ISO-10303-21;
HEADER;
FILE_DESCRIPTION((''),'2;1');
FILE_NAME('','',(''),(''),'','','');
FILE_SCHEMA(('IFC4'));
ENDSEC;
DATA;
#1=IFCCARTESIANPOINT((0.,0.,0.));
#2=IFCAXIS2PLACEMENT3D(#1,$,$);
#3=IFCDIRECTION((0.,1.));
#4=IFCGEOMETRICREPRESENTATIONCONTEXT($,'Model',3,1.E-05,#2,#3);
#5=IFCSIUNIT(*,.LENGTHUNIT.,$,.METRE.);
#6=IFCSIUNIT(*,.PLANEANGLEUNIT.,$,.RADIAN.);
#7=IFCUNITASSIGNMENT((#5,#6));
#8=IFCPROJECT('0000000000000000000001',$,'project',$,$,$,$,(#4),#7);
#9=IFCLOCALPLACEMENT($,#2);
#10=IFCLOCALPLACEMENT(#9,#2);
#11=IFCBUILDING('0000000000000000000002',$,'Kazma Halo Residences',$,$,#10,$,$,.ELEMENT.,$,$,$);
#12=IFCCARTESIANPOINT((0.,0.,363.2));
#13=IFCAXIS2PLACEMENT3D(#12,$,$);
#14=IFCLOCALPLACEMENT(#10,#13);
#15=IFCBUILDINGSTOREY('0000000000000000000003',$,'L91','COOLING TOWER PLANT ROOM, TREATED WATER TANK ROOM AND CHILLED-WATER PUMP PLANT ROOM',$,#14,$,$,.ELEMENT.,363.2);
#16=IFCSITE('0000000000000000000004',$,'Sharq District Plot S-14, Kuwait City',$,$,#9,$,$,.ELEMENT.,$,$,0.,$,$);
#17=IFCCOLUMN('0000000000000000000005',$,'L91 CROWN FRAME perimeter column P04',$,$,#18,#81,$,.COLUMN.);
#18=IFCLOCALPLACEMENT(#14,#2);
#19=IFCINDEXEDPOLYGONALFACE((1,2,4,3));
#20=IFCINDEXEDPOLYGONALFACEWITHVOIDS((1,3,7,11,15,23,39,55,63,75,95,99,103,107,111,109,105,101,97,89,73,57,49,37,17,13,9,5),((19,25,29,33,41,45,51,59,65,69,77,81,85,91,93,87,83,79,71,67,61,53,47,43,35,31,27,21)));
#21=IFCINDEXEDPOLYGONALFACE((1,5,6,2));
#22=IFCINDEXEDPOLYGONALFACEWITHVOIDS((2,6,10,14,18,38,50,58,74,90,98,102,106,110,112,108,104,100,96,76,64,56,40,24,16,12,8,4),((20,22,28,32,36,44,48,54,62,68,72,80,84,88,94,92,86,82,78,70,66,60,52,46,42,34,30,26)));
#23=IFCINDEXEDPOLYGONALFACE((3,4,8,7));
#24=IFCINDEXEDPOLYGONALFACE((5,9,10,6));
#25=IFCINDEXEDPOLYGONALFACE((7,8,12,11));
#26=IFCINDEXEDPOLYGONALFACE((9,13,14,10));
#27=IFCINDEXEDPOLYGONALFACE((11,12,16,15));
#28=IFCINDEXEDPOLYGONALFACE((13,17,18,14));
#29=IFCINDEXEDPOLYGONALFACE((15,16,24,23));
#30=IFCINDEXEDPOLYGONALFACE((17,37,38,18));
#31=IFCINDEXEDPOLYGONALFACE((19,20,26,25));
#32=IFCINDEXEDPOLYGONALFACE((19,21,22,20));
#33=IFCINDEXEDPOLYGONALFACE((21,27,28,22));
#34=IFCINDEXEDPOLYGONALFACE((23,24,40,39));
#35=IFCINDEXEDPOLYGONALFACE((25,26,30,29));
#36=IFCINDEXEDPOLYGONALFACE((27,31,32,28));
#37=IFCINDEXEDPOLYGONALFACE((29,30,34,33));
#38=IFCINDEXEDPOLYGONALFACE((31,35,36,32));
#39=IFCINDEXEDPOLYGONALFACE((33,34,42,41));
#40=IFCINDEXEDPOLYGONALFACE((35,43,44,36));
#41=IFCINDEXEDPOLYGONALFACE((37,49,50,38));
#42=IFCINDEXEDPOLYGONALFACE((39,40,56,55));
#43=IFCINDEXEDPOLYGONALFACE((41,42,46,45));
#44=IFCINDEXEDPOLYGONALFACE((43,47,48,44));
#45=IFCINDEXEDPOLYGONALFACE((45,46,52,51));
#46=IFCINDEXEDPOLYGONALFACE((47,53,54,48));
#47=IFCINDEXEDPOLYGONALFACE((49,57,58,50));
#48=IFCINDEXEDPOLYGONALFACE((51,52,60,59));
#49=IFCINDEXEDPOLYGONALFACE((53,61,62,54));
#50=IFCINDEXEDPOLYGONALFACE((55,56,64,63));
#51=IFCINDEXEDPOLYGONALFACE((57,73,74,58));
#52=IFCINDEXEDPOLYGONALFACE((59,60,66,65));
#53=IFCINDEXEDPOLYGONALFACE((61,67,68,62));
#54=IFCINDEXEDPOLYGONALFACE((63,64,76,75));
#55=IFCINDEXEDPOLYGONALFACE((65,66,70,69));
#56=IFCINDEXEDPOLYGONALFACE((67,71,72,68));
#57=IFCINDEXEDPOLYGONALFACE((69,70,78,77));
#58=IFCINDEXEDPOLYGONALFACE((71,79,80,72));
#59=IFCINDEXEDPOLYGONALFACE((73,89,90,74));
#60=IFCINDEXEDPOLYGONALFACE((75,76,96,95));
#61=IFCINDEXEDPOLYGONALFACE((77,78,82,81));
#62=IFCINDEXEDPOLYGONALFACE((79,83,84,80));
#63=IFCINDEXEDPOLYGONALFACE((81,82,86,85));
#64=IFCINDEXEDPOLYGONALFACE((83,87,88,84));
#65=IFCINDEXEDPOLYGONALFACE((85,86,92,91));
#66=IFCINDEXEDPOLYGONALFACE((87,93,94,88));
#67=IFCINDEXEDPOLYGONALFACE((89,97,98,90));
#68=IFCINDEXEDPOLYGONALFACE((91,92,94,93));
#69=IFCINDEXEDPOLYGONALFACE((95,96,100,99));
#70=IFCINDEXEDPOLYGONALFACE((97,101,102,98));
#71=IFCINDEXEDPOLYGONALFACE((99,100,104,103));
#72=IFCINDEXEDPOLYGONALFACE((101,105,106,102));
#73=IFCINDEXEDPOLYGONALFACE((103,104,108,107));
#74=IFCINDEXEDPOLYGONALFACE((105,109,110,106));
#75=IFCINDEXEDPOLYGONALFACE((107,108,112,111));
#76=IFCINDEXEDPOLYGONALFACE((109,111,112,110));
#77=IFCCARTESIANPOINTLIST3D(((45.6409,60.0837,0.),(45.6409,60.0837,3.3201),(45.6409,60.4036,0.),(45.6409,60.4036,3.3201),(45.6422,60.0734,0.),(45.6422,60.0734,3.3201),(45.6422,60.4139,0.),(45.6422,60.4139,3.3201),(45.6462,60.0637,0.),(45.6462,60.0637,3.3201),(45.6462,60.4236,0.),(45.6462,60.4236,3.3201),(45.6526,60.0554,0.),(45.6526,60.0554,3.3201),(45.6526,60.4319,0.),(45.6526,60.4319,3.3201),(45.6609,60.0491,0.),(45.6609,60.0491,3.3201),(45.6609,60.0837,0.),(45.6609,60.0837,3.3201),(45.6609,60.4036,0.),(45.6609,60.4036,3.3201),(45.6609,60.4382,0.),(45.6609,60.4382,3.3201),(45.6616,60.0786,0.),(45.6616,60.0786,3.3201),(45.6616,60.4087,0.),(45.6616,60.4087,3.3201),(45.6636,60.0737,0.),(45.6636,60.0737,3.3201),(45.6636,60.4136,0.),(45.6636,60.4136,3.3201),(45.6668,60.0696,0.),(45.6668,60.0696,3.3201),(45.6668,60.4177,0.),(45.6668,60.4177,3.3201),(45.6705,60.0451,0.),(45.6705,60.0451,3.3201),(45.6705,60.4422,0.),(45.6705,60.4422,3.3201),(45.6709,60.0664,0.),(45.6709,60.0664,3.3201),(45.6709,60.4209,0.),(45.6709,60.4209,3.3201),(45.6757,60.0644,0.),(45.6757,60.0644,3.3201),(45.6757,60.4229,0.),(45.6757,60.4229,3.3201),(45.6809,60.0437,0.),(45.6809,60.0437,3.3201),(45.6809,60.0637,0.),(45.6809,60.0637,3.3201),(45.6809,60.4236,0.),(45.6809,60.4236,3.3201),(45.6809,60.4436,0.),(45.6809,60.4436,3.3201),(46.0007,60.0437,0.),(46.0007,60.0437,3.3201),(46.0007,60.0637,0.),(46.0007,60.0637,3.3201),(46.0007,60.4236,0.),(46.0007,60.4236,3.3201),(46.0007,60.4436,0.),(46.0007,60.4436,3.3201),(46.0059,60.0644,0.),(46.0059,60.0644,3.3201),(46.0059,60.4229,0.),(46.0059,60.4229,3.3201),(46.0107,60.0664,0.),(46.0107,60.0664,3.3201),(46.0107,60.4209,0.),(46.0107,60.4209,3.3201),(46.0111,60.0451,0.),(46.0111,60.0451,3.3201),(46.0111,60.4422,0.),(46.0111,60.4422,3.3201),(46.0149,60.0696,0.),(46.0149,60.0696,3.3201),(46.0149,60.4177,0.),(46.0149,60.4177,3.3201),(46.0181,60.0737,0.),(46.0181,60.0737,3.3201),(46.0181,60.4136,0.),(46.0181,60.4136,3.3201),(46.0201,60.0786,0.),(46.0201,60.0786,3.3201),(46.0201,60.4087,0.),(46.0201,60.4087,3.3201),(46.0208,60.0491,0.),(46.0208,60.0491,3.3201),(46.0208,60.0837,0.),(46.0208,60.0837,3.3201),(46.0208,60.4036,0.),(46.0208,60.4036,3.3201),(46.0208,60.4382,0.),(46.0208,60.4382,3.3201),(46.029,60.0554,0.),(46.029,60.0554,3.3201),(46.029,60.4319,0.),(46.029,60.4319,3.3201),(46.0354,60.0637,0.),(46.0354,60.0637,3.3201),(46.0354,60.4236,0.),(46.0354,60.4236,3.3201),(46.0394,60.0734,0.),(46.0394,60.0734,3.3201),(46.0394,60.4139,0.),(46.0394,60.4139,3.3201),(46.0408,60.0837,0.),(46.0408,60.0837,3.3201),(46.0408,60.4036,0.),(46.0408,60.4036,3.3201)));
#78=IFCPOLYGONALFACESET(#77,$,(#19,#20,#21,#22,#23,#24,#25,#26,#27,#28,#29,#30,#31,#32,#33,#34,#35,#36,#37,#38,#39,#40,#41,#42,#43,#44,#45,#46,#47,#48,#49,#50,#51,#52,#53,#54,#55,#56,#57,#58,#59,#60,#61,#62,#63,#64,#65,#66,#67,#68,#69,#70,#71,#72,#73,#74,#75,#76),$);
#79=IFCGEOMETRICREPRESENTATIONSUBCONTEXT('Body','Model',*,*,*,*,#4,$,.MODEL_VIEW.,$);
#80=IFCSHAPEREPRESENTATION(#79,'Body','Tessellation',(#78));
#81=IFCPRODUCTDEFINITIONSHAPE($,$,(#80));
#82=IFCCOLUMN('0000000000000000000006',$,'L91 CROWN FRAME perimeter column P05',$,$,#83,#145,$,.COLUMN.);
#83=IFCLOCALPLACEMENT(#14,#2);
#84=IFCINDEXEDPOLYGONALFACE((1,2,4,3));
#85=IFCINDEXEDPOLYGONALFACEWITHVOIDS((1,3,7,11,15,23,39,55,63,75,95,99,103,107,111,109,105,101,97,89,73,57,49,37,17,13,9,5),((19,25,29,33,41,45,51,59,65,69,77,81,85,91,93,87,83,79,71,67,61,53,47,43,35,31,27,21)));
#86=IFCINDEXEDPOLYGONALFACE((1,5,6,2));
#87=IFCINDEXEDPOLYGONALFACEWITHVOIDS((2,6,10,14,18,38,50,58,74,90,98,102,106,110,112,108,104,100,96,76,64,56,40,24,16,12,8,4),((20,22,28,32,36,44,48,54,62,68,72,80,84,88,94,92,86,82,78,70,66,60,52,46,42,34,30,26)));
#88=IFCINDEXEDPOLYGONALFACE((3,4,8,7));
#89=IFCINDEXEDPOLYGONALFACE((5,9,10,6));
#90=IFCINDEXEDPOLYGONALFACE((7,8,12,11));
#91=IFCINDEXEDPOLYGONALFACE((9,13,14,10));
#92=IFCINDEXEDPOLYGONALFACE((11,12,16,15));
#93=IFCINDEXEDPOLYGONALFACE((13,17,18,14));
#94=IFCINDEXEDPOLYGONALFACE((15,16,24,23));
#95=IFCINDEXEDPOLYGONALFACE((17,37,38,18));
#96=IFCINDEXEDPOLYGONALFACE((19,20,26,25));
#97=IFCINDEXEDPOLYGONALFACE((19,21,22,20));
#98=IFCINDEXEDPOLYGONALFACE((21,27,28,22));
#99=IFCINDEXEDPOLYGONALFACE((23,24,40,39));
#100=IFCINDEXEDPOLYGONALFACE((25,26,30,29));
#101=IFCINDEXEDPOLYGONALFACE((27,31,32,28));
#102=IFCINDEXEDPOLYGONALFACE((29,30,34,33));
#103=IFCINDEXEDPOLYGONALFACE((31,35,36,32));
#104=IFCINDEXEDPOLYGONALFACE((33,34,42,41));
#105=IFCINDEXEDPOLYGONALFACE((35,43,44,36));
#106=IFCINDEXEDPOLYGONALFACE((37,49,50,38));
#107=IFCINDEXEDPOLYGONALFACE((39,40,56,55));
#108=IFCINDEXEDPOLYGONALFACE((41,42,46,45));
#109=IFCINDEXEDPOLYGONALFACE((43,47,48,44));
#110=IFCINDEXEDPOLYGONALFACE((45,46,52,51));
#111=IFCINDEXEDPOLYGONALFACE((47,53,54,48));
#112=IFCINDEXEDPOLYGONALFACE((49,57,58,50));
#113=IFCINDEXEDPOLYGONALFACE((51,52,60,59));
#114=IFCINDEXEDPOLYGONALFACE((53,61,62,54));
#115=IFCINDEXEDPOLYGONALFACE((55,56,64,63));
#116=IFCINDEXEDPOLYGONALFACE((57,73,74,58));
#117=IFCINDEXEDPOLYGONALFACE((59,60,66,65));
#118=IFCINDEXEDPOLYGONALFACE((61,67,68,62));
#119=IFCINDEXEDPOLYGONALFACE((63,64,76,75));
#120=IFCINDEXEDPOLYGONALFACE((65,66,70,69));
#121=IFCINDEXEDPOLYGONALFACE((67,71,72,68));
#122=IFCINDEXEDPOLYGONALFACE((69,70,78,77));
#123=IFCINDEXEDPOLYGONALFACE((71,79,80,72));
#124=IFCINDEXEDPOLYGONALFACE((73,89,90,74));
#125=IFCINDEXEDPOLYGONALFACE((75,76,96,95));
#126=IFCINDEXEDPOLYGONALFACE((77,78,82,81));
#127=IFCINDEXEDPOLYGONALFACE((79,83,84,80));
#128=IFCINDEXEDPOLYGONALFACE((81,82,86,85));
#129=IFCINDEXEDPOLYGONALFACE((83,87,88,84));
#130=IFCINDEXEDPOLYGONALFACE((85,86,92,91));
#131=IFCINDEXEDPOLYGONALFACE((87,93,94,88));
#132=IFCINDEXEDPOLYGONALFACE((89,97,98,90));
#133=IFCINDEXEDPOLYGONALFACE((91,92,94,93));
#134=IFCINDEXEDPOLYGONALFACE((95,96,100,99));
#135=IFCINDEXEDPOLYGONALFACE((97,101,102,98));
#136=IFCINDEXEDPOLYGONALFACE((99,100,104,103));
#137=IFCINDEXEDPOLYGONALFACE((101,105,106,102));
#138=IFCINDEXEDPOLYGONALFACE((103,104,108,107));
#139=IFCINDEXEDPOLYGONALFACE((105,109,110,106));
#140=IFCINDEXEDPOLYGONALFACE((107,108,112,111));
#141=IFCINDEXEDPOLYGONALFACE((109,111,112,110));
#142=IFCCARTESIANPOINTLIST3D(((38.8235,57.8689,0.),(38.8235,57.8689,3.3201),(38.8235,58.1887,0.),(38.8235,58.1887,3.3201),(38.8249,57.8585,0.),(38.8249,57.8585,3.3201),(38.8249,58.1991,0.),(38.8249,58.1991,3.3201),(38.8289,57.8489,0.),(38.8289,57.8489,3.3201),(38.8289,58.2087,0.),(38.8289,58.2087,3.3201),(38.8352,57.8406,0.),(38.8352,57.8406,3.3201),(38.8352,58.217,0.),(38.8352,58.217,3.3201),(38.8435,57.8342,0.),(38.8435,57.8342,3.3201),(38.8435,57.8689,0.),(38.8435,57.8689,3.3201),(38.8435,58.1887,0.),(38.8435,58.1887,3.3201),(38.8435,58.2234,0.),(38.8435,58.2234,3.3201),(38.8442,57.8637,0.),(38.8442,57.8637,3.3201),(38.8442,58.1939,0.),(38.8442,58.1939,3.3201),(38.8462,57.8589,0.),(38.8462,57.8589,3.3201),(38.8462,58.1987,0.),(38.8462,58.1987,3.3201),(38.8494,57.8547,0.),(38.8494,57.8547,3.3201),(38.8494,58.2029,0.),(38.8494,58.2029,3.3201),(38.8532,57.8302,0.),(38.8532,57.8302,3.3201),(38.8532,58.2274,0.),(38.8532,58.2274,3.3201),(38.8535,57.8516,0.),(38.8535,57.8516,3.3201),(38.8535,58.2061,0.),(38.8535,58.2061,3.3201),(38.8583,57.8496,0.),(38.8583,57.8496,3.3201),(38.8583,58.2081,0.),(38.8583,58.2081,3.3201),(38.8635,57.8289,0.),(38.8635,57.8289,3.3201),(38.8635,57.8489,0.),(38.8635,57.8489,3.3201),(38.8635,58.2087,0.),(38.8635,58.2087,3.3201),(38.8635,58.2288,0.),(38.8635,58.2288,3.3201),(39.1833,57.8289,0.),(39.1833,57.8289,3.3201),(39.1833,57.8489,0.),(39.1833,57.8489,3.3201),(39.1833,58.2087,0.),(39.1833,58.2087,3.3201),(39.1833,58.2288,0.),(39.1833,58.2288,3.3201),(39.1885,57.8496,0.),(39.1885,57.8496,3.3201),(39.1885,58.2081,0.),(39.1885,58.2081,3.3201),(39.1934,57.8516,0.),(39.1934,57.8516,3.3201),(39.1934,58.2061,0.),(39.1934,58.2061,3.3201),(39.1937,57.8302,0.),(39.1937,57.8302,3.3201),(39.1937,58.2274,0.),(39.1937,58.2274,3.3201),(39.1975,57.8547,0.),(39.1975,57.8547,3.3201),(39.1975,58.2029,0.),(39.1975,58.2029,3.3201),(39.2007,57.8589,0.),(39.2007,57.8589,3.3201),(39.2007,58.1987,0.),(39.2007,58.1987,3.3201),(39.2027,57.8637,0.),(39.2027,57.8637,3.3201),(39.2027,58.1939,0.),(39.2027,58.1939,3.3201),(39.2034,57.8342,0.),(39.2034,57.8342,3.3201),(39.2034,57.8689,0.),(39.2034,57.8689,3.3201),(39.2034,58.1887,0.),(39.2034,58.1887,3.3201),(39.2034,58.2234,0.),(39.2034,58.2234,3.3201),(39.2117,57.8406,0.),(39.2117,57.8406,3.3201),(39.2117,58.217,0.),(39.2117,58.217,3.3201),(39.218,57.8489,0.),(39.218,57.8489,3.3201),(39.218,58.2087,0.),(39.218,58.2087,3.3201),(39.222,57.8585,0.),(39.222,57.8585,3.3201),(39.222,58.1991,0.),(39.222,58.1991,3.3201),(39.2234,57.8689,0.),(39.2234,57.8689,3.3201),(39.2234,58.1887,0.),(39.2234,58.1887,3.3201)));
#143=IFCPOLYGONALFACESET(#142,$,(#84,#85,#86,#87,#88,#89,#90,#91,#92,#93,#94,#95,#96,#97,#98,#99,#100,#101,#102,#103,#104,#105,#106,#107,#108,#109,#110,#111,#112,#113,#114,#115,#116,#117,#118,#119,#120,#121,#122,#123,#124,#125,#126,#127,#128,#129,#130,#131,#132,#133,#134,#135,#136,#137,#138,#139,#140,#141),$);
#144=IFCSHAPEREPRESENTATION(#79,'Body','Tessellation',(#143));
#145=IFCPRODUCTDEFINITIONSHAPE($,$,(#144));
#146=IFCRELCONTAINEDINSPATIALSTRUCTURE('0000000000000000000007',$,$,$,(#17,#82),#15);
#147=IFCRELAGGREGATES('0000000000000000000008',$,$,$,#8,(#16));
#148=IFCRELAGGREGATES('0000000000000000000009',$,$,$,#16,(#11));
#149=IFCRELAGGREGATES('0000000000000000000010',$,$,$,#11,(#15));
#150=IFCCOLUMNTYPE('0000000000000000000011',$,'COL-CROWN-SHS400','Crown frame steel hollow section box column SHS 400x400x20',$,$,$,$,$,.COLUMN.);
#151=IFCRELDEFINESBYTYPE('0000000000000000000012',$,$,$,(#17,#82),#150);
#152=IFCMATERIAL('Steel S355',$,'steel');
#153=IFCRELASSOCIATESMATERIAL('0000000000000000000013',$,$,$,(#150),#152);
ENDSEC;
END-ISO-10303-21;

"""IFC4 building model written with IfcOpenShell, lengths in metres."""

from ifc_helpers import new_model, si_unit, direction, frame, origin, origin_2d, place, context, subcontext, project, spatial, hollow_rectangle, extrude, material, material_profile, profile_set, type_object, element, save


model = new_model("IFC4")

# Units and contexts
model_context = context("Model", 3, precision=1e-05, world=origin(), true_north=direction((0.0, 1.0)))
body_context = subcontext(model_context, "Body", "Model", "MODEL_VIEW")
ifc_project = project(units=[si_unit("LENGTHUNIT", "METRE"), si_unit("PLANEANGLEUNIT", "RADIAN")], contexts=[model_context])

# Site, building, storey
site_placement = place(None, origin())
site = spatial("IfcSite", under=ifc_project, at=site_placement, Name="Sharq District Plot S-14, Kuwait City", CompositionType="ELEMENT", RefElevation=0.0)
building_placement = place(site_placement, origin())
building = spatial("IfcBuilding", under=site, at=building_placement, Name="Kazma Halo Residences", CompositionType="ELEMENT")
storey_placement = place(building_placement, frame((0.0, 0.0, 363.2)))
storey = spatial("IfcBuildingStorey", under=building, at=storey_placement, Name="L91", Description="COOLING TOWER PLANT ROOM, TREATED WATER TANK ROOM AND CHILLED-WATER PUMP PLANT ROOM", CompositionType="ELEMENT", Elevation=363.2)

# Columns
ifc_material_1 = material(Name="Steel S355", Category="steel")
ifc_material_profile_1 = material_profile(ifc_material_1, hollow_rectangle(XDim=0.3999, YDim=0.3999, WallThickness=0.02, InnerFilletRadius=0.02, OuterFilletRadius=0.04, at=origin_2d()), Name="SHS400x400x20")
ifc_profile_set_1 = profile_set([ifc_material_profile_1], Name="Steel S355")
column_type_1 = type_object("IfcColumnType", Name="COL-CROWN-SHS400", Description="Crown frame steel hollow section box column SHS 400x400x20", PredefinedType="COLUMN", material=ifc_profile_set_1)
for number, where, z_axis, x_axis, name in (
    (1, (45.8408, 60.2437, 0.0), (0.0, 0.0, 1.0), (1.0, 0.0, 0.0), "L91 CROWN FRAME perimeter column P04"),
    (2, (39.0234, 58.0288, 0.0), (0.0, 0.0, 1.0), (1.0, 0.0, 0.0), "L91 CROWN FRAME perimeter column P05"),
):
    element("IfcColumn", number, at=place(storey_placement, frame(where, z_axis=z_axis, x_axis=x_axis)), inside=storey, type_object=column_type_1, Name=name, PredefinedType="COLUMN", context=body_context, shape_type="SweptSolid", body=[
        extrude(hollow_rectangle(XDim=0.3999, YDim=0.3999, WallThickness=0.02, InnerFilletRadius=0.02, OuterFilletRadius=0.04, at=origin_2d()), origin(), (0.0, 0.0, 1.0), 3.3201),
    ])

save(model, "model.ifc")
